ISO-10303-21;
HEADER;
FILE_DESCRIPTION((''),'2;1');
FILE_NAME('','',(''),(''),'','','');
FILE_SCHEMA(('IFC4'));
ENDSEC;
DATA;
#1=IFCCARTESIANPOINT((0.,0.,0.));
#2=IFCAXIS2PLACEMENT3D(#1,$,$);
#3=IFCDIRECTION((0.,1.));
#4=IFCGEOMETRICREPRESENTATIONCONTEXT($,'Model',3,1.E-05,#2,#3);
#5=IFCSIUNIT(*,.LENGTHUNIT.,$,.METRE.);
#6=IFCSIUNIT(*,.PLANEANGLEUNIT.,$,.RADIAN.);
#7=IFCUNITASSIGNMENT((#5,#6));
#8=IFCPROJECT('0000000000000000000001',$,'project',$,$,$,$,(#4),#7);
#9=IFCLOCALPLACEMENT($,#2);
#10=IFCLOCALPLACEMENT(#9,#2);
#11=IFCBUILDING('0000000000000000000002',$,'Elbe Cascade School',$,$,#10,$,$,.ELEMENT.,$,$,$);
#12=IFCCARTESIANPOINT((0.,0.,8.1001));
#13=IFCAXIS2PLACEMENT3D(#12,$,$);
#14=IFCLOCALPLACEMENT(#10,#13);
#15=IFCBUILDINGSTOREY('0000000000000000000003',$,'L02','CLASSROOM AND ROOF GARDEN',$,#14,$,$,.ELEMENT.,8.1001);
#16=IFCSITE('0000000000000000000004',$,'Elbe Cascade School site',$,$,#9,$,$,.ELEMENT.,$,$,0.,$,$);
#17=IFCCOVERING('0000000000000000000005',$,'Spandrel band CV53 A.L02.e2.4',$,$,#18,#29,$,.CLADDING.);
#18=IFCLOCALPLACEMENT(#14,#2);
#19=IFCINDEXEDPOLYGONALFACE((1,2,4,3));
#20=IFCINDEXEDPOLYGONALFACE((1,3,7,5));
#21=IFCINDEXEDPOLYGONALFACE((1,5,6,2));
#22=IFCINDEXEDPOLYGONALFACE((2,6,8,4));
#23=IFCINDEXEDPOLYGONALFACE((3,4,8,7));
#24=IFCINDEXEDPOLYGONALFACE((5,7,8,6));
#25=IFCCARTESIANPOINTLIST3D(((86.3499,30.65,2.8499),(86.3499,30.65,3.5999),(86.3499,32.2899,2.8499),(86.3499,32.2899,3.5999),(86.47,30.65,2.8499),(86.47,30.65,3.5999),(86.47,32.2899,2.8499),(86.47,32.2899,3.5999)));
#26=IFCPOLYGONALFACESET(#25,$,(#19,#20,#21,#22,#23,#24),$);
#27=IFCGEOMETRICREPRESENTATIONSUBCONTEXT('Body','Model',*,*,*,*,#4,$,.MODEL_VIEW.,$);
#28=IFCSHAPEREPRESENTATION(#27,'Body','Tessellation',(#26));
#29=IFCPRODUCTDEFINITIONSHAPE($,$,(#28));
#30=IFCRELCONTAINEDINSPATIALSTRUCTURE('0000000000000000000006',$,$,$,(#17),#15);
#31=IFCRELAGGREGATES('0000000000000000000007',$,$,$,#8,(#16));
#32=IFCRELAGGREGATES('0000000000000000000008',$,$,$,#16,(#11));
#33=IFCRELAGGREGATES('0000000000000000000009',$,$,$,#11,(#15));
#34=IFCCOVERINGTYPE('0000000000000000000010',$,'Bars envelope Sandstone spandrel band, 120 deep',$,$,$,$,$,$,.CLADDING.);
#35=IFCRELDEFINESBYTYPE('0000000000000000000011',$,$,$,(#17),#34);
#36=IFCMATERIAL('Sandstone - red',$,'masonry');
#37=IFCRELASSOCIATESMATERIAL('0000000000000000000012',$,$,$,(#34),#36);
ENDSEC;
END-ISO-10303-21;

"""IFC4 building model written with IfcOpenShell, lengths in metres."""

from ifc_helpers import new_model, si_unit, direction, frame, origin, origin_2d, place, context, subcontext, project, spatial, rectangle, extrude, material, type_object, element, save


model = new_model("IFC4")

# Units and contexts
model_context = context("Model", 3, precision=1e-05, world=origin(), true_north=direction((0.0, 1.0)))
body_context = subcontext(model_context, "Body", "Model", "MODEL_VIEW")
ifc_project = project(units=[si_unit("LENGTHUNIT", "METRE"), si_unit("PLANEANGLEUNIT", "RADIAN")], contexts=[model_context])

# Site, building, storey
site_placement = place(None, origin())
site = spatial("IfcSite", under=ifc_project, at=site_placement, Name="Elbe Cascade School site", CompositionType="ELEMENT", RefElevation=0.0)
building_placement = place(site_placement, origin())
building = spatial("IfcBuilding", under=site, at=building_placement, Name="Elbe Cascade School", CompositionType="ELEMENT")
storey_placement = place(building_placement, frame((0.0, 0.0, 8.1001)))
storey = spatial("IfcBuildingStorey", under=building, at=storey_placement, Name="L02", Description="CLASSROOM AND ROOF GARDEN", CompositionType="ELEMENT", Elevation=8.1001)

# Covering
ifc_material_1 = material(Name="Sandstone - red", Category="masonry")
covering_type_1 = type_object("IfcCoveringType", Name="Bars envelope Sandstone spandrel band, 120 deep", PredefinedType="CLADDING", material=ifc_material_1)
for number, where, z_axis, x_axis, name in (
    (1, (86.4099, 31.47, 2.8499), (0.0, 0.0, 1.0), (0.0, 1.0, 0.0), "Spandrel band CV53 A.L02.e2.4"),
):
    element("IfcCovering", number, at=place(storey_placement, frame(where, z_axis=z_axis, x_axis=x_axis)), inside=storey, type_object=covering_type_1, Name=name, PredefinedType="CLADDING", context=body_context, shape_type="SweptSolid", body=[
        extrude(rectangle(XDim=1.6399, YDim=0.1201, at=origin_2d()), origin(), (0.0, 0.0, 1.0), 0.75),
    ])

save(model, "model.ifc")
